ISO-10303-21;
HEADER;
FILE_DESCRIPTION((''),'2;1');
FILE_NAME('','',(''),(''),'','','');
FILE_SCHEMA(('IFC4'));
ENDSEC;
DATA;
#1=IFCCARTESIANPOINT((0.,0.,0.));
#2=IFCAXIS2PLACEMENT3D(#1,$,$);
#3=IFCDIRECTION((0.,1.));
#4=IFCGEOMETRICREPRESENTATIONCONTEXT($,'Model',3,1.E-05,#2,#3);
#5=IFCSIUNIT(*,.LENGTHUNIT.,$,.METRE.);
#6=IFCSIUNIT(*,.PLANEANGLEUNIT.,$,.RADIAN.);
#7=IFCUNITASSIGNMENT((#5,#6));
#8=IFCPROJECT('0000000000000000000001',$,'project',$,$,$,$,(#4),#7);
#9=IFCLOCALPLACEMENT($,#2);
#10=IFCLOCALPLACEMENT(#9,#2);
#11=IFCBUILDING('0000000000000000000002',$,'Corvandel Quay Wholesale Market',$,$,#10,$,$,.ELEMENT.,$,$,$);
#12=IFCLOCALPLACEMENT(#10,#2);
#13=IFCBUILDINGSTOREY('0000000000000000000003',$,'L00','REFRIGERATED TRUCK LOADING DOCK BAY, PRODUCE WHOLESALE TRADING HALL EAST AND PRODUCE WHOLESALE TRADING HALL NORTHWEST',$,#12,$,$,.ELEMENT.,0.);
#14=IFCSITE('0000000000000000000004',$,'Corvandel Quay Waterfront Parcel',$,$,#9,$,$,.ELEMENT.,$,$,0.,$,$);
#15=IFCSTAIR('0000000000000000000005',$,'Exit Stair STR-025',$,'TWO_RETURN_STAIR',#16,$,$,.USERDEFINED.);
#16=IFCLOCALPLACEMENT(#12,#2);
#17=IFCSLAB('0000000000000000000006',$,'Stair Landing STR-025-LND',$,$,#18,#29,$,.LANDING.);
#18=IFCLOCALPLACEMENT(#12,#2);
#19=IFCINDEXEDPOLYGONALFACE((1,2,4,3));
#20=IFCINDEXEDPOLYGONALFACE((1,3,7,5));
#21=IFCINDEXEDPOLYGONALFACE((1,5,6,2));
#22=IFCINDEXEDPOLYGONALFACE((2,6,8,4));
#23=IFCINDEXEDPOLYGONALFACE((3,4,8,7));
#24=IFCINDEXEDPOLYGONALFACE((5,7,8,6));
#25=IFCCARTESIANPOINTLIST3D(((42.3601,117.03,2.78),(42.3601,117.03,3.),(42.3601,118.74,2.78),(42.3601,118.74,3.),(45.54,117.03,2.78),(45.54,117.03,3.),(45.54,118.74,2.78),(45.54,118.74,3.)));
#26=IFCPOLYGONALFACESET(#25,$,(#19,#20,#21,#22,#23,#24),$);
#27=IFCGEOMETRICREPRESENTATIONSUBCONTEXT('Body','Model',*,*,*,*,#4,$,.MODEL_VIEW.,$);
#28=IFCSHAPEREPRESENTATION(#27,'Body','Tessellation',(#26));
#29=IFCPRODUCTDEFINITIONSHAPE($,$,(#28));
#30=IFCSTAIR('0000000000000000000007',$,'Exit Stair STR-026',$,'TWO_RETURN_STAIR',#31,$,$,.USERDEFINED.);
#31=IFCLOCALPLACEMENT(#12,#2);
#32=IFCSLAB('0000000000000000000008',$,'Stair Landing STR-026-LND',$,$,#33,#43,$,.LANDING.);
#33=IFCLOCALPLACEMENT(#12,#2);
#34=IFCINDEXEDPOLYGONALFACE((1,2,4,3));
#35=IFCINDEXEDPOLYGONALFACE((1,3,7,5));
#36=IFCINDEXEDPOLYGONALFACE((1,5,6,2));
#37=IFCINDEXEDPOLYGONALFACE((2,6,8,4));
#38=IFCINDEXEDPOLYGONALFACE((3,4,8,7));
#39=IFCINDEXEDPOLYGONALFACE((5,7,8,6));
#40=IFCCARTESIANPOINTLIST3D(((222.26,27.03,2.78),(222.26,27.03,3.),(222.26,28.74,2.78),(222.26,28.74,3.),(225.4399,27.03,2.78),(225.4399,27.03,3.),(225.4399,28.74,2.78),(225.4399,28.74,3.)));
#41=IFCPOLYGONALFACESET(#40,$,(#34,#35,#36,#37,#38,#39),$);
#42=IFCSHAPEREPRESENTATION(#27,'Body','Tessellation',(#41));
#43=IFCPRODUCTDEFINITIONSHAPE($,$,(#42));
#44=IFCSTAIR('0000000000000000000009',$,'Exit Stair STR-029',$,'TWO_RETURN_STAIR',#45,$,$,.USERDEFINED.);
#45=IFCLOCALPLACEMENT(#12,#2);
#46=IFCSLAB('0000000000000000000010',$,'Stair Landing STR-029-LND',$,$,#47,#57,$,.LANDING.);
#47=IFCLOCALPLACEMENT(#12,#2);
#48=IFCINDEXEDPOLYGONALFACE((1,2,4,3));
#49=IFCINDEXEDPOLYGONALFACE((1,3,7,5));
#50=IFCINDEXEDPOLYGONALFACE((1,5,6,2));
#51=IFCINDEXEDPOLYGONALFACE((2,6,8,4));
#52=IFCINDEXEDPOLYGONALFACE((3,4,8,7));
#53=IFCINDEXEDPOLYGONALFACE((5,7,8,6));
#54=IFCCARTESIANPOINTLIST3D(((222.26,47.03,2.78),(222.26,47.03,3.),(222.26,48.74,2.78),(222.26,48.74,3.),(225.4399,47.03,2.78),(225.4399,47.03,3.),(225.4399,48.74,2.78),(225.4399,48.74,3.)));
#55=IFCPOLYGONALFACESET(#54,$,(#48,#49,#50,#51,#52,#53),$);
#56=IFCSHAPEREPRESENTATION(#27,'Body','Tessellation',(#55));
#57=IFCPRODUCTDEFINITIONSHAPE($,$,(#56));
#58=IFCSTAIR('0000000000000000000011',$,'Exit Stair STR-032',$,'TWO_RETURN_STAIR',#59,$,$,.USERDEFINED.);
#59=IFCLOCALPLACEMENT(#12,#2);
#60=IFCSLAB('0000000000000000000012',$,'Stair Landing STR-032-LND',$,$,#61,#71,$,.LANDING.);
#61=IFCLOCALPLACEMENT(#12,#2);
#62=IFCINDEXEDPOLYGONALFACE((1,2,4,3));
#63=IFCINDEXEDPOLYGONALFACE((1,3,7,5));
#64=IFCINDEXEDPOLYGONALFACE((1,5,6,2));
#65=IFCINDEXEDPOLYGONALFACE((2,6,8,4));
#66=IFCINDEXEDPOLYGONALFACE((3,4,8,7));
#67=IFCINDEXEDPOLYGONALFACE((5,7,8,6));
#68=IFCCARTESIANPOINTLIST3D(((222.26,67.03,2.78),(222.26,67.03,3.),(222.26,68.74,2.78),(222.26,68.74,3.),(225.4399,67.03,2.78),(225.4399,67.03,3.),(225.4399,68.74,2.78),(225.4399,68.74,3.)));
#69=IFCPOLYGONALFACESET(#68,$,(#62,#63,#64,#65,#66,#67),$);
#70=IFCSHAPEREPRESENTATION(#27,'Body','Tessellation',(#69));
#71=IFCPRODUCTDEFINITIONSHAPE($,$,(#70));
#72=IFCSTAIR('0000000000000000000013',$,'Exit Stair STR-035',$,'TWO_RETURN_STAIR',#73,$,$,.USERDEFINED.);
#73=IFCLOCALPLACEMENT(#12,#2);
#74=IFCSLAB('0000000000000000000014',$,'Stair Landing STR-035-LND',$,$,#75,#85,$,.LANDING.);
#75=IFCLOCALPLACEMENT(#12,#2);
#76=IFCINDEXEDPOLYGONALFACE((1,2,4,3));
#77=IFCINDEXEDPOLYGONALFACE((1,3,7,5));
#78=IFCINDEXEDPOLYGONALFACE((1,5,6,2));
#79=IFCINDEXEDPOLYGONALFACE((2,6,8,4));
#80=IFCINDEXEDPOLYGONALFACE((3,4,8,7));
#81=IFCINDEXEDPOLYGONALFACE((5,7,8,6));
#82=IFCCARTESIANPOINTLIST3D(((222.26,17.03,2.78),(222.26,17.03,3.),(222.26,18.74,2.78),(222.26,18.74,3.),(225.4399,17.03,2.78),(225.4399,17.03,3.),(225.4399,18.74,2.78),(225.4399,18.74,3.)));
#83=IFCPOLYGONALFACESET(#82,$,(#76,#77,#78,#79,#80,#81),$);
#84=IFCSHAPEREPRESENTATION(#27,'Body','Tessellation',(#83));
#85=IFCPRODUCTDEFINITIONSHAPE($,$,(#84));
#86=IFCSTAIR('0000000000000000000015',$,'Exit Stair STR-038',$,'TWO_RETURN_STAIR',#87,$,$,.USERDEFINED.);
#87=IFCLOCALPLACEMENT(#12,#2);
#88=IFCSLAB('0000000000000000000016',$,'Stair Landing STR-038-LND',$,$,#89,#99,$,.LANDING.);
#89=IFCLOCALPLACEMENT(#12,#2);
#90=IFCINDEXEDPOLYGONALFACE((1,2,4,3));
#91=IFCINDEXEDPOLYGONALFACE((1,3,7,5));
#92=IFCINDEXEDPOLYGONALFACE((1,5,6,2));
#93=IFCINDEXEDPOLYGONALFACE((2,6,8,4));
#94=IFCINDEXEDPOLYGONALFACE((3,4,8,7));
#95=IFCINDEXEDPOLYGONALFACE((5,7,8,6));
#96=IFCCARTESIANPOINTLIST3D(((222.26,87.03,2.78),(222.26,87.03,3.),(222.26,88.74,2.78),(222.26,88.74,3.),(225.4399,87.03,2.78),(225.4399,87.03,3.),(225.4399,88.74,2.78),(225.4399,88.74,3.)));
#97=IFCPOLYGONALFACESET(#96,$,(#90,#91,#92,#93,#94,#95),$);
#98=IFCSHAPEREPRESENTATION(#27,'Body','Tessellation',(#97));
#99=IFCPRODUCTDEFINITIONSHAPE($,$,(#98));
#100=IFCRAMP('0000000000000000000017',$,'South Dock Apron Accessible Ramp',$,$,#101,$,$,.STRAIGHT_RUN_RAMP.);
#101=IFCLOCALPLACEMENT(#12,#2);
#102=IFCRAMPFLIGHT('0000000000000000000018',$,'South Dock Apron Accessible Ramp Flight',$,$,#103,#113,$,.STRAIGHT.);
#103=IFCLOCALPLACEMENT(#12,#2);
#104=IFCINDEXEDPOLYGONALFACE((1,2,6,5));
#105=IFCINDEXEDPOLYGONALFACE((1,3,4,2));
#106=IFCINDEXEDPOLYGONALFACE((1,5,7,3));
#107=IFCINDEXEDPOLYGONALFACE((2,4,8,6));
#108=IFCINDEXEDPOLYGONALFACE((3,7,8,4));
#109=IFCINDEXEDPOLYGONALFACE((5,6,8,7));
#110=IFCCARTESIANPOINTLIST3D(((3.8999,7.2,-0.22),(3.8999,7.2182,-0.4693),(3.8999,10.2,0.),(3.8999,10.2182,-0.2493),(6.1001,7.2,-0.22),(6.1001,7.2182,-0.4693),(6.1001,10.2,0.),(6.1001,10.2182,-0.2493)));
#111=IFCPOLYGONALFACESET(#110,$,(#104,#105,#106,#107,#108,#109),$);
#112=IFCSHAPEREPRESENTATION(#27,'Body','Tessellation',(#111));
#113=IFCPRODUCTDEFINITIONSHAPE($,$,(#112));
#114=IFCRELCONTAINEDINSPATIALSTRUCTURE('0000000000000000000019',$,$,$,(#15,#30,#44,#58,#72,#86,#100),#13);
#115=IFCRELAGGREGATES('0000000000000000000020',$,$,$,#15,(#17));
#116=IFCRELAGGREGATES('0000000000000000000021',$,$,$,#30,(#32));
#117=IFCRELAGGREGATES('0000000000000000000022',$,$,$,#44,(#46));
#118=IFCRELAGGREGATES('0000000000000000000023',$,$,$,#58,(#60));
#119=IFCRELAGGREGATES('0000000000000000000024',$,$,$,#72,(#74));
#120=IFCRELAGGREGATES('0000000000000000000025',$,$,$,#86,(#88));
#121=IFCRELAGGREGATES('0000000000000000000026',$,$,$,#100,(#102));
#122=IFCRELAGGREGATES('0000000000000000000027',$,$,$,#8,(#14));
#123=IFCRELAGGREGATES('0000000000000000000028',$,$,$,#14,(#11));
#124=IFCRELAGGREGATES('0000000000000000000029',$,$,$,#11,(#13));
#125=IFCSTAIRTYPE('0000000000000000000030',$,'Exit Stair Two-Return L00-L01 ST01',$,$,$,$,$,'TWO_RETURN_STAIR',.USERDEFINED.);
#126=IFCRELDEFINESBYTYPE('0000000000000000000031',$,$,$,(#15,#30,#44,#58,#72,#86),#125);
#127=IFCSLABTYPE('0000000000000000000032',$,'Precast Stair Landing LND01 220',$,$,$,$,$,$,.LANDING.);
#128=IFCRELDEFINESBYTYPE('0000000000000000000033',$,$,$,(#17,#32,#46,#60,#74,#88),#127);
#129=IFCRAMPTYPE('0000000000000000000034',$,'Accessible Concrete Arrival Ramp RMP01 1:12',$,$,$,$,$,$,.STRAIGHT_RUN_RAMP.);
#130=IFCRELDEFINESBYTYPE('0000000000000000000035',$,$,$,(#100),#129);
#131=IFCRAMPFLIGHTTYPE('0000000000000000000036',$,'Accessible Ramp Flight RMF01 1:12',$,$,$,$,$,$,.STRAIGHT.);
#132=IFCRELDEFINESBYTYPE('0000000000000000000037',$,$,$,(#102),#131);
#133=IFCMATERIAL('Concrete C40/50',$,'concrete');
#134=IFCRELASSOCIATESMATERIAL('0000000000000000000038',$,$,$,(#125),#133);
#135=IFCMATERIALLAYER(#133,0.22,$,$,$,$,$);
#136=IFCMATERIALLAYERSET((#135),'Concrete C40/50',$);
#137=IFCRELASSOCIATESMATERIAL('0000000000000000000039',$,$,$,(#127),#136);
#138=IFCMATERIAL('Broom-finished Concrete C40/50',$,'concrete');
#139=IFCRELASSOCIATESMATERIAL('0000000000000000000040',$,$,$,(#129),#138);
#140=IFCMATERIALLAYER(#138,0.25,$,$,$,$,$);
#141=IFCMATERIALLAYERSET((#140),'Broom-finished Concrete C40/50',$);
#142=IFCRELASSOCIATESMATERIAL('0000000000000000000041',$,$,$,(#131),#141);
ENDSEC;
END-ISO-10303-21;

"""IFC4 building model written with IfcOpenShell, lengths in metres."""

from ifc_helpers import new_model, si_unit, direction, frame, origin, place, context, subcontext, project, spatial, polyline, outline, extrude, material, layer, layer_set, type_object, element, aggregate, save


model = new_model("IFC4")

# Units and contexts
model_context = context("Model", 3, precision=1e-05, world=origin(), true_north=direction((0.0, 1.0)))
body_context = subcontext(model_context, "Body", "Model", "MODEL_VIEW")
ifc_project = project(units=[si_unit("LENGTHUNIT", "METRE"), si_unit("PLANEANGLEUNIT", "RADIAN")], contexts=[model_context])

# Site, building, storey
site_placement = place(None, origin())
site = spatial("IfcSite", under=ifc_project, at=site_placement, Name="Corvandel Quay Waterfront Parcel", CompositionType="ELEMENT", RefElevation=0.0)
building_placement = place(site_placement, origin())
building = spatial("IfcBuilding", under=site, at=building_placement, Name="Corvandel Quay Wholesale Market", CompositionType="ELEMENT")
storey_placement = place(building_placement, origin())
storey = spatial("IfcBuildingStorey", under=building, at=storey_placement, Name="L00", Description="REFRIGERATED TRUCK LOADING DOCK BAY, PRODUCE WHOLESALE TRADING HALL EAST AND PRODUCE WHOLESALE TRADING HALL NORTHWEST", CompositionType="ELEMENT", Elevation=0.0)

# Shared definitions
ifc_material_1 = material(Name="Concrete C40/50", Category="concrete")

# Stairs, slabs
stair_type = type_object("IfcStairType", Name="Exit Stair Two-Return L00-L01 ST01", ElementType="TWO_RETURN_STAIR", PredefinedType="USERDEFINED", material=ifc_material_1)
ifc_layer_1 = layer(ifc_material_1, 0.22)
ifc_layer_set_1 = layer_set([ifc_layer_1], Name="Concrete C40/50")
slab_type_1 = type_object("IfcSlabType", Name="Precast Stair Landing LND01 220", PredefinedType="LANDING", material=ifc_layer_set_1)
stair_1_placement = place(storey_placement, origin())
stair_1 = element("IfcStair", 1, at=stair_1_placement, inside=storey, type_object=stair_type, Name="Exit Stair STR-025", ObjectType="TWO_RETURN_STAIR", PredefinedType="USERDEFINED")
slab_1_placement = place(storey_placement, frame((0.0, 0.0, 2.78)))
slab_1 = element("IfcSlab", 2, at=slab_1_placement, type_object=slab_type_1, Name="Stair Landing STR-025-LND", PredefinedType="LANDING", context=body_context, shape_type="SweptSolid", body=[
    extrude(outline(polyline([(42.3601, 117.03), (45.54, 117.03), (45.54, 118.74), (42.3601, 118.74), (42.3601, 117.03)])), origin(), (0.0, 0.0, 1.0), 0.22),
])
aggregate(stair_1, [slab_1])
stair_2_placement = place(storey_placement, origin())
stair_2 = element("IfcStair", 3, at=stair_2_placement, inside=storey, type_object=stair_type, Name="Exit Stair STR-026", ObjectType="TWO_RETURN_STAIR", PredefinedType="USERDEFINED")
slab_2_placement = place(storey_placement, frame((0.0, 0.0, 2.78)))
slab_2 = element("IfcSlab", 4, at=slab_2_placement, type_object=slab_type_1, Name="Stair Landing STR-026-LND", PredefinedType="LANDING", context=body_context, shape_type="SweptSolid", body=[
    extrude(outline(polyline([(222.26, 27.03), (225.4399, 27.03), (225.4399, 28.74), (222.26, 28.74), (222.26, 27.03)])), origin(), (0.0, 0.0, 1.0), 0.22),
])
aggregate(stair_2, [slab_2])
stair_3_placement = place(storey_placement, origin())
stair_3 = element("IfcStair", 5, at=stair_3_placement, inside=storey, type_object=stair_type, Name="Exit Stair STR-029", ObjectType="TWO_RETURN_STAIR", PredefinedType="USERDEFINED")
slab_3_placement = place(storey_placement, frame((0.0, 0.0, 2.78)))
slab_3 = element("IfcSlab", 6, at=slab_3_placement, type_object=slab_type_1, Name="Stair Landing STR-029-LND", PredefinedType="LANDING", context=body_context, shape_type="SweptSolid", body=[
    extrude(outline(polyline([(222.26, 47.03), (225.4399, 47.03), (225.4399, 48.74), (222.26, 48.74), (222.26, 47.03)])), origin(), (0.0, 0.0, 1.0), 0.22),
])
aggregate(stair_3, [slab_3])
stair_4_placement = place(storey_placement, origin())
stair_4 = element("IfcStair", 7, at=stair_4_placement, inside=storey, type_object=stair_type, Name="Exit Stair STR-032", ObjectType="TWO_RETURN_STAIR", PredefinedType="USERDEFINED")
slab_4_placement = place(storey_placement, frame((0.0, 0.0, 2.78)))
slab_4 = element("IfcSlab", 8, at=slab_4_placement, type_object=slab_type_1, Name="Stair Landing STR-032-LND", PredefinedType="LANDING", context=body_context, shape_type="SweptSolid", body=[
    extrude(outline(polyline([(222.26, 67.03), (225.4399, 67.03), (225.4399, 68.74), (222.26, 68.74), (222.26, 67.03)])), origin(), (0.0, 0.0, 1.0), 0.22),
])
aggregate(stair_4, [slab_4])
stair_5_placement = place(storey_placement, origin())
stair_5 = element("IfcStair", 9, at=stair_5_placement, inside=storey, type_object=stair_type, Name="Exit Stair STR-035", ObjectType="TWO_RETURN_STAIR", PredefinedType="USERDEFINED")
slab_5_placement = place(storey_placement, frame((0.0, 0.0, 2.78)))
slab_5 = element("IfcSlab", 10, at=slab_5_placement, type_object=slab_type_1, Name="Stair Landing STR-035-LND", PredefinedType="LANDING", context=body_context, shape_type="SweptSolid", body=[
    extrude(outline(polyline([(222.26, 17.03), (225.4399, 17.03), (225.4399, 18.74), (222.26, 18.74), (222.26, 17.03)])), origin(), (0.0, 0.0, 1.0), 0.22),
])
aggregate(stair_5, [slab_5])
stair_6_placement = place(storey_placement, origin())
stair_6 = element("IfcStair", 11, at=stair_6_placement, inside=storey, type_object=stair_type, Name="Exit Stair STR-038", ObjectType="TWO_RETURN_STAIR", PredefinedType="USERDEFINED")
slab_6_placement = place(storey_placement, frame((0.0, 0.0, 2.78)))
slab_6 = element("IfcSlab", 12, at=slab_6_placement, type_object=slab_type_1, Name="Stair Landing STR-038-LND", PredefinedType="LANDING", context=body_context, shape_type="SweptSolid", body=[
    extrude(outline(polyline([(222.26, 87.03), (225.4399, 87.03), (225.4399, 88.74), (222.26, 88.74), (222.26, 87.03)])), origin(), (0.0, 0.0, 1.0), 0.22),
])
aggregate(stair_6, [slab_6])

# Ramp, ramp flight
ifc_material_2 = material(Name="Broom-finished Concrete C40/50", Category="concrete")
ramp_type = type_object("IfcRampType", Name="Accessible Concrete Arrival Ramp RMP01 1:12", PredefinedType="STRAIGHT_RUN_RAMP", material=ifc_material_2)
ramp_placement = place(storey_placement, origin())
ramp = element("IfcRamp", 13, at=ramp_placement, inside=storey, type_object=ramp_type, Name="South Dock Apron Accessible Ramp", PredefinedType="STRAIGHT_RUN_RAMP")
ifc_layer_2 = layer(ifc_material_2, 0.25)
ifc_layer_set_2 = layer_set([ifc_layer_2], Name="Broom-finished Concrete C40/50")
ramp_flight_type = type_object("IfcRampFlightType", Name="Accessible Ramp Flight RMF01 1:12", PredefinedType="STRAIGHT", material=ifc_layer_set_2)
ramp_flight_placement = place(storey_placement, frame((6.1001, 7.2, -0.22), z_axis=(0.0, -0.073127, 0.997323), x_axis=(-1.0, 0.0, 0.0)))
ramp_flight = element("IfcRampFlight", 14, at=ramp_flight_placement, type_object=ramp_flight_type, Name="South Dock Apron Accessible Ramp Flight", PredefinedType="STRAIGHT", context=body_context, shape_type="SweptSolid", body=[
    extrude(outline(polyline([(0.0, 0.0), (2.2002, 0.0), (2.2002, -3.0081), (0.0, -3.0081), (0.0, 0.0)])), origin(), (0.0, 0.0, -1.0), 0.25),
])
aggregate(ramp, [ramp_flight])

save(model, "model.ifc")
